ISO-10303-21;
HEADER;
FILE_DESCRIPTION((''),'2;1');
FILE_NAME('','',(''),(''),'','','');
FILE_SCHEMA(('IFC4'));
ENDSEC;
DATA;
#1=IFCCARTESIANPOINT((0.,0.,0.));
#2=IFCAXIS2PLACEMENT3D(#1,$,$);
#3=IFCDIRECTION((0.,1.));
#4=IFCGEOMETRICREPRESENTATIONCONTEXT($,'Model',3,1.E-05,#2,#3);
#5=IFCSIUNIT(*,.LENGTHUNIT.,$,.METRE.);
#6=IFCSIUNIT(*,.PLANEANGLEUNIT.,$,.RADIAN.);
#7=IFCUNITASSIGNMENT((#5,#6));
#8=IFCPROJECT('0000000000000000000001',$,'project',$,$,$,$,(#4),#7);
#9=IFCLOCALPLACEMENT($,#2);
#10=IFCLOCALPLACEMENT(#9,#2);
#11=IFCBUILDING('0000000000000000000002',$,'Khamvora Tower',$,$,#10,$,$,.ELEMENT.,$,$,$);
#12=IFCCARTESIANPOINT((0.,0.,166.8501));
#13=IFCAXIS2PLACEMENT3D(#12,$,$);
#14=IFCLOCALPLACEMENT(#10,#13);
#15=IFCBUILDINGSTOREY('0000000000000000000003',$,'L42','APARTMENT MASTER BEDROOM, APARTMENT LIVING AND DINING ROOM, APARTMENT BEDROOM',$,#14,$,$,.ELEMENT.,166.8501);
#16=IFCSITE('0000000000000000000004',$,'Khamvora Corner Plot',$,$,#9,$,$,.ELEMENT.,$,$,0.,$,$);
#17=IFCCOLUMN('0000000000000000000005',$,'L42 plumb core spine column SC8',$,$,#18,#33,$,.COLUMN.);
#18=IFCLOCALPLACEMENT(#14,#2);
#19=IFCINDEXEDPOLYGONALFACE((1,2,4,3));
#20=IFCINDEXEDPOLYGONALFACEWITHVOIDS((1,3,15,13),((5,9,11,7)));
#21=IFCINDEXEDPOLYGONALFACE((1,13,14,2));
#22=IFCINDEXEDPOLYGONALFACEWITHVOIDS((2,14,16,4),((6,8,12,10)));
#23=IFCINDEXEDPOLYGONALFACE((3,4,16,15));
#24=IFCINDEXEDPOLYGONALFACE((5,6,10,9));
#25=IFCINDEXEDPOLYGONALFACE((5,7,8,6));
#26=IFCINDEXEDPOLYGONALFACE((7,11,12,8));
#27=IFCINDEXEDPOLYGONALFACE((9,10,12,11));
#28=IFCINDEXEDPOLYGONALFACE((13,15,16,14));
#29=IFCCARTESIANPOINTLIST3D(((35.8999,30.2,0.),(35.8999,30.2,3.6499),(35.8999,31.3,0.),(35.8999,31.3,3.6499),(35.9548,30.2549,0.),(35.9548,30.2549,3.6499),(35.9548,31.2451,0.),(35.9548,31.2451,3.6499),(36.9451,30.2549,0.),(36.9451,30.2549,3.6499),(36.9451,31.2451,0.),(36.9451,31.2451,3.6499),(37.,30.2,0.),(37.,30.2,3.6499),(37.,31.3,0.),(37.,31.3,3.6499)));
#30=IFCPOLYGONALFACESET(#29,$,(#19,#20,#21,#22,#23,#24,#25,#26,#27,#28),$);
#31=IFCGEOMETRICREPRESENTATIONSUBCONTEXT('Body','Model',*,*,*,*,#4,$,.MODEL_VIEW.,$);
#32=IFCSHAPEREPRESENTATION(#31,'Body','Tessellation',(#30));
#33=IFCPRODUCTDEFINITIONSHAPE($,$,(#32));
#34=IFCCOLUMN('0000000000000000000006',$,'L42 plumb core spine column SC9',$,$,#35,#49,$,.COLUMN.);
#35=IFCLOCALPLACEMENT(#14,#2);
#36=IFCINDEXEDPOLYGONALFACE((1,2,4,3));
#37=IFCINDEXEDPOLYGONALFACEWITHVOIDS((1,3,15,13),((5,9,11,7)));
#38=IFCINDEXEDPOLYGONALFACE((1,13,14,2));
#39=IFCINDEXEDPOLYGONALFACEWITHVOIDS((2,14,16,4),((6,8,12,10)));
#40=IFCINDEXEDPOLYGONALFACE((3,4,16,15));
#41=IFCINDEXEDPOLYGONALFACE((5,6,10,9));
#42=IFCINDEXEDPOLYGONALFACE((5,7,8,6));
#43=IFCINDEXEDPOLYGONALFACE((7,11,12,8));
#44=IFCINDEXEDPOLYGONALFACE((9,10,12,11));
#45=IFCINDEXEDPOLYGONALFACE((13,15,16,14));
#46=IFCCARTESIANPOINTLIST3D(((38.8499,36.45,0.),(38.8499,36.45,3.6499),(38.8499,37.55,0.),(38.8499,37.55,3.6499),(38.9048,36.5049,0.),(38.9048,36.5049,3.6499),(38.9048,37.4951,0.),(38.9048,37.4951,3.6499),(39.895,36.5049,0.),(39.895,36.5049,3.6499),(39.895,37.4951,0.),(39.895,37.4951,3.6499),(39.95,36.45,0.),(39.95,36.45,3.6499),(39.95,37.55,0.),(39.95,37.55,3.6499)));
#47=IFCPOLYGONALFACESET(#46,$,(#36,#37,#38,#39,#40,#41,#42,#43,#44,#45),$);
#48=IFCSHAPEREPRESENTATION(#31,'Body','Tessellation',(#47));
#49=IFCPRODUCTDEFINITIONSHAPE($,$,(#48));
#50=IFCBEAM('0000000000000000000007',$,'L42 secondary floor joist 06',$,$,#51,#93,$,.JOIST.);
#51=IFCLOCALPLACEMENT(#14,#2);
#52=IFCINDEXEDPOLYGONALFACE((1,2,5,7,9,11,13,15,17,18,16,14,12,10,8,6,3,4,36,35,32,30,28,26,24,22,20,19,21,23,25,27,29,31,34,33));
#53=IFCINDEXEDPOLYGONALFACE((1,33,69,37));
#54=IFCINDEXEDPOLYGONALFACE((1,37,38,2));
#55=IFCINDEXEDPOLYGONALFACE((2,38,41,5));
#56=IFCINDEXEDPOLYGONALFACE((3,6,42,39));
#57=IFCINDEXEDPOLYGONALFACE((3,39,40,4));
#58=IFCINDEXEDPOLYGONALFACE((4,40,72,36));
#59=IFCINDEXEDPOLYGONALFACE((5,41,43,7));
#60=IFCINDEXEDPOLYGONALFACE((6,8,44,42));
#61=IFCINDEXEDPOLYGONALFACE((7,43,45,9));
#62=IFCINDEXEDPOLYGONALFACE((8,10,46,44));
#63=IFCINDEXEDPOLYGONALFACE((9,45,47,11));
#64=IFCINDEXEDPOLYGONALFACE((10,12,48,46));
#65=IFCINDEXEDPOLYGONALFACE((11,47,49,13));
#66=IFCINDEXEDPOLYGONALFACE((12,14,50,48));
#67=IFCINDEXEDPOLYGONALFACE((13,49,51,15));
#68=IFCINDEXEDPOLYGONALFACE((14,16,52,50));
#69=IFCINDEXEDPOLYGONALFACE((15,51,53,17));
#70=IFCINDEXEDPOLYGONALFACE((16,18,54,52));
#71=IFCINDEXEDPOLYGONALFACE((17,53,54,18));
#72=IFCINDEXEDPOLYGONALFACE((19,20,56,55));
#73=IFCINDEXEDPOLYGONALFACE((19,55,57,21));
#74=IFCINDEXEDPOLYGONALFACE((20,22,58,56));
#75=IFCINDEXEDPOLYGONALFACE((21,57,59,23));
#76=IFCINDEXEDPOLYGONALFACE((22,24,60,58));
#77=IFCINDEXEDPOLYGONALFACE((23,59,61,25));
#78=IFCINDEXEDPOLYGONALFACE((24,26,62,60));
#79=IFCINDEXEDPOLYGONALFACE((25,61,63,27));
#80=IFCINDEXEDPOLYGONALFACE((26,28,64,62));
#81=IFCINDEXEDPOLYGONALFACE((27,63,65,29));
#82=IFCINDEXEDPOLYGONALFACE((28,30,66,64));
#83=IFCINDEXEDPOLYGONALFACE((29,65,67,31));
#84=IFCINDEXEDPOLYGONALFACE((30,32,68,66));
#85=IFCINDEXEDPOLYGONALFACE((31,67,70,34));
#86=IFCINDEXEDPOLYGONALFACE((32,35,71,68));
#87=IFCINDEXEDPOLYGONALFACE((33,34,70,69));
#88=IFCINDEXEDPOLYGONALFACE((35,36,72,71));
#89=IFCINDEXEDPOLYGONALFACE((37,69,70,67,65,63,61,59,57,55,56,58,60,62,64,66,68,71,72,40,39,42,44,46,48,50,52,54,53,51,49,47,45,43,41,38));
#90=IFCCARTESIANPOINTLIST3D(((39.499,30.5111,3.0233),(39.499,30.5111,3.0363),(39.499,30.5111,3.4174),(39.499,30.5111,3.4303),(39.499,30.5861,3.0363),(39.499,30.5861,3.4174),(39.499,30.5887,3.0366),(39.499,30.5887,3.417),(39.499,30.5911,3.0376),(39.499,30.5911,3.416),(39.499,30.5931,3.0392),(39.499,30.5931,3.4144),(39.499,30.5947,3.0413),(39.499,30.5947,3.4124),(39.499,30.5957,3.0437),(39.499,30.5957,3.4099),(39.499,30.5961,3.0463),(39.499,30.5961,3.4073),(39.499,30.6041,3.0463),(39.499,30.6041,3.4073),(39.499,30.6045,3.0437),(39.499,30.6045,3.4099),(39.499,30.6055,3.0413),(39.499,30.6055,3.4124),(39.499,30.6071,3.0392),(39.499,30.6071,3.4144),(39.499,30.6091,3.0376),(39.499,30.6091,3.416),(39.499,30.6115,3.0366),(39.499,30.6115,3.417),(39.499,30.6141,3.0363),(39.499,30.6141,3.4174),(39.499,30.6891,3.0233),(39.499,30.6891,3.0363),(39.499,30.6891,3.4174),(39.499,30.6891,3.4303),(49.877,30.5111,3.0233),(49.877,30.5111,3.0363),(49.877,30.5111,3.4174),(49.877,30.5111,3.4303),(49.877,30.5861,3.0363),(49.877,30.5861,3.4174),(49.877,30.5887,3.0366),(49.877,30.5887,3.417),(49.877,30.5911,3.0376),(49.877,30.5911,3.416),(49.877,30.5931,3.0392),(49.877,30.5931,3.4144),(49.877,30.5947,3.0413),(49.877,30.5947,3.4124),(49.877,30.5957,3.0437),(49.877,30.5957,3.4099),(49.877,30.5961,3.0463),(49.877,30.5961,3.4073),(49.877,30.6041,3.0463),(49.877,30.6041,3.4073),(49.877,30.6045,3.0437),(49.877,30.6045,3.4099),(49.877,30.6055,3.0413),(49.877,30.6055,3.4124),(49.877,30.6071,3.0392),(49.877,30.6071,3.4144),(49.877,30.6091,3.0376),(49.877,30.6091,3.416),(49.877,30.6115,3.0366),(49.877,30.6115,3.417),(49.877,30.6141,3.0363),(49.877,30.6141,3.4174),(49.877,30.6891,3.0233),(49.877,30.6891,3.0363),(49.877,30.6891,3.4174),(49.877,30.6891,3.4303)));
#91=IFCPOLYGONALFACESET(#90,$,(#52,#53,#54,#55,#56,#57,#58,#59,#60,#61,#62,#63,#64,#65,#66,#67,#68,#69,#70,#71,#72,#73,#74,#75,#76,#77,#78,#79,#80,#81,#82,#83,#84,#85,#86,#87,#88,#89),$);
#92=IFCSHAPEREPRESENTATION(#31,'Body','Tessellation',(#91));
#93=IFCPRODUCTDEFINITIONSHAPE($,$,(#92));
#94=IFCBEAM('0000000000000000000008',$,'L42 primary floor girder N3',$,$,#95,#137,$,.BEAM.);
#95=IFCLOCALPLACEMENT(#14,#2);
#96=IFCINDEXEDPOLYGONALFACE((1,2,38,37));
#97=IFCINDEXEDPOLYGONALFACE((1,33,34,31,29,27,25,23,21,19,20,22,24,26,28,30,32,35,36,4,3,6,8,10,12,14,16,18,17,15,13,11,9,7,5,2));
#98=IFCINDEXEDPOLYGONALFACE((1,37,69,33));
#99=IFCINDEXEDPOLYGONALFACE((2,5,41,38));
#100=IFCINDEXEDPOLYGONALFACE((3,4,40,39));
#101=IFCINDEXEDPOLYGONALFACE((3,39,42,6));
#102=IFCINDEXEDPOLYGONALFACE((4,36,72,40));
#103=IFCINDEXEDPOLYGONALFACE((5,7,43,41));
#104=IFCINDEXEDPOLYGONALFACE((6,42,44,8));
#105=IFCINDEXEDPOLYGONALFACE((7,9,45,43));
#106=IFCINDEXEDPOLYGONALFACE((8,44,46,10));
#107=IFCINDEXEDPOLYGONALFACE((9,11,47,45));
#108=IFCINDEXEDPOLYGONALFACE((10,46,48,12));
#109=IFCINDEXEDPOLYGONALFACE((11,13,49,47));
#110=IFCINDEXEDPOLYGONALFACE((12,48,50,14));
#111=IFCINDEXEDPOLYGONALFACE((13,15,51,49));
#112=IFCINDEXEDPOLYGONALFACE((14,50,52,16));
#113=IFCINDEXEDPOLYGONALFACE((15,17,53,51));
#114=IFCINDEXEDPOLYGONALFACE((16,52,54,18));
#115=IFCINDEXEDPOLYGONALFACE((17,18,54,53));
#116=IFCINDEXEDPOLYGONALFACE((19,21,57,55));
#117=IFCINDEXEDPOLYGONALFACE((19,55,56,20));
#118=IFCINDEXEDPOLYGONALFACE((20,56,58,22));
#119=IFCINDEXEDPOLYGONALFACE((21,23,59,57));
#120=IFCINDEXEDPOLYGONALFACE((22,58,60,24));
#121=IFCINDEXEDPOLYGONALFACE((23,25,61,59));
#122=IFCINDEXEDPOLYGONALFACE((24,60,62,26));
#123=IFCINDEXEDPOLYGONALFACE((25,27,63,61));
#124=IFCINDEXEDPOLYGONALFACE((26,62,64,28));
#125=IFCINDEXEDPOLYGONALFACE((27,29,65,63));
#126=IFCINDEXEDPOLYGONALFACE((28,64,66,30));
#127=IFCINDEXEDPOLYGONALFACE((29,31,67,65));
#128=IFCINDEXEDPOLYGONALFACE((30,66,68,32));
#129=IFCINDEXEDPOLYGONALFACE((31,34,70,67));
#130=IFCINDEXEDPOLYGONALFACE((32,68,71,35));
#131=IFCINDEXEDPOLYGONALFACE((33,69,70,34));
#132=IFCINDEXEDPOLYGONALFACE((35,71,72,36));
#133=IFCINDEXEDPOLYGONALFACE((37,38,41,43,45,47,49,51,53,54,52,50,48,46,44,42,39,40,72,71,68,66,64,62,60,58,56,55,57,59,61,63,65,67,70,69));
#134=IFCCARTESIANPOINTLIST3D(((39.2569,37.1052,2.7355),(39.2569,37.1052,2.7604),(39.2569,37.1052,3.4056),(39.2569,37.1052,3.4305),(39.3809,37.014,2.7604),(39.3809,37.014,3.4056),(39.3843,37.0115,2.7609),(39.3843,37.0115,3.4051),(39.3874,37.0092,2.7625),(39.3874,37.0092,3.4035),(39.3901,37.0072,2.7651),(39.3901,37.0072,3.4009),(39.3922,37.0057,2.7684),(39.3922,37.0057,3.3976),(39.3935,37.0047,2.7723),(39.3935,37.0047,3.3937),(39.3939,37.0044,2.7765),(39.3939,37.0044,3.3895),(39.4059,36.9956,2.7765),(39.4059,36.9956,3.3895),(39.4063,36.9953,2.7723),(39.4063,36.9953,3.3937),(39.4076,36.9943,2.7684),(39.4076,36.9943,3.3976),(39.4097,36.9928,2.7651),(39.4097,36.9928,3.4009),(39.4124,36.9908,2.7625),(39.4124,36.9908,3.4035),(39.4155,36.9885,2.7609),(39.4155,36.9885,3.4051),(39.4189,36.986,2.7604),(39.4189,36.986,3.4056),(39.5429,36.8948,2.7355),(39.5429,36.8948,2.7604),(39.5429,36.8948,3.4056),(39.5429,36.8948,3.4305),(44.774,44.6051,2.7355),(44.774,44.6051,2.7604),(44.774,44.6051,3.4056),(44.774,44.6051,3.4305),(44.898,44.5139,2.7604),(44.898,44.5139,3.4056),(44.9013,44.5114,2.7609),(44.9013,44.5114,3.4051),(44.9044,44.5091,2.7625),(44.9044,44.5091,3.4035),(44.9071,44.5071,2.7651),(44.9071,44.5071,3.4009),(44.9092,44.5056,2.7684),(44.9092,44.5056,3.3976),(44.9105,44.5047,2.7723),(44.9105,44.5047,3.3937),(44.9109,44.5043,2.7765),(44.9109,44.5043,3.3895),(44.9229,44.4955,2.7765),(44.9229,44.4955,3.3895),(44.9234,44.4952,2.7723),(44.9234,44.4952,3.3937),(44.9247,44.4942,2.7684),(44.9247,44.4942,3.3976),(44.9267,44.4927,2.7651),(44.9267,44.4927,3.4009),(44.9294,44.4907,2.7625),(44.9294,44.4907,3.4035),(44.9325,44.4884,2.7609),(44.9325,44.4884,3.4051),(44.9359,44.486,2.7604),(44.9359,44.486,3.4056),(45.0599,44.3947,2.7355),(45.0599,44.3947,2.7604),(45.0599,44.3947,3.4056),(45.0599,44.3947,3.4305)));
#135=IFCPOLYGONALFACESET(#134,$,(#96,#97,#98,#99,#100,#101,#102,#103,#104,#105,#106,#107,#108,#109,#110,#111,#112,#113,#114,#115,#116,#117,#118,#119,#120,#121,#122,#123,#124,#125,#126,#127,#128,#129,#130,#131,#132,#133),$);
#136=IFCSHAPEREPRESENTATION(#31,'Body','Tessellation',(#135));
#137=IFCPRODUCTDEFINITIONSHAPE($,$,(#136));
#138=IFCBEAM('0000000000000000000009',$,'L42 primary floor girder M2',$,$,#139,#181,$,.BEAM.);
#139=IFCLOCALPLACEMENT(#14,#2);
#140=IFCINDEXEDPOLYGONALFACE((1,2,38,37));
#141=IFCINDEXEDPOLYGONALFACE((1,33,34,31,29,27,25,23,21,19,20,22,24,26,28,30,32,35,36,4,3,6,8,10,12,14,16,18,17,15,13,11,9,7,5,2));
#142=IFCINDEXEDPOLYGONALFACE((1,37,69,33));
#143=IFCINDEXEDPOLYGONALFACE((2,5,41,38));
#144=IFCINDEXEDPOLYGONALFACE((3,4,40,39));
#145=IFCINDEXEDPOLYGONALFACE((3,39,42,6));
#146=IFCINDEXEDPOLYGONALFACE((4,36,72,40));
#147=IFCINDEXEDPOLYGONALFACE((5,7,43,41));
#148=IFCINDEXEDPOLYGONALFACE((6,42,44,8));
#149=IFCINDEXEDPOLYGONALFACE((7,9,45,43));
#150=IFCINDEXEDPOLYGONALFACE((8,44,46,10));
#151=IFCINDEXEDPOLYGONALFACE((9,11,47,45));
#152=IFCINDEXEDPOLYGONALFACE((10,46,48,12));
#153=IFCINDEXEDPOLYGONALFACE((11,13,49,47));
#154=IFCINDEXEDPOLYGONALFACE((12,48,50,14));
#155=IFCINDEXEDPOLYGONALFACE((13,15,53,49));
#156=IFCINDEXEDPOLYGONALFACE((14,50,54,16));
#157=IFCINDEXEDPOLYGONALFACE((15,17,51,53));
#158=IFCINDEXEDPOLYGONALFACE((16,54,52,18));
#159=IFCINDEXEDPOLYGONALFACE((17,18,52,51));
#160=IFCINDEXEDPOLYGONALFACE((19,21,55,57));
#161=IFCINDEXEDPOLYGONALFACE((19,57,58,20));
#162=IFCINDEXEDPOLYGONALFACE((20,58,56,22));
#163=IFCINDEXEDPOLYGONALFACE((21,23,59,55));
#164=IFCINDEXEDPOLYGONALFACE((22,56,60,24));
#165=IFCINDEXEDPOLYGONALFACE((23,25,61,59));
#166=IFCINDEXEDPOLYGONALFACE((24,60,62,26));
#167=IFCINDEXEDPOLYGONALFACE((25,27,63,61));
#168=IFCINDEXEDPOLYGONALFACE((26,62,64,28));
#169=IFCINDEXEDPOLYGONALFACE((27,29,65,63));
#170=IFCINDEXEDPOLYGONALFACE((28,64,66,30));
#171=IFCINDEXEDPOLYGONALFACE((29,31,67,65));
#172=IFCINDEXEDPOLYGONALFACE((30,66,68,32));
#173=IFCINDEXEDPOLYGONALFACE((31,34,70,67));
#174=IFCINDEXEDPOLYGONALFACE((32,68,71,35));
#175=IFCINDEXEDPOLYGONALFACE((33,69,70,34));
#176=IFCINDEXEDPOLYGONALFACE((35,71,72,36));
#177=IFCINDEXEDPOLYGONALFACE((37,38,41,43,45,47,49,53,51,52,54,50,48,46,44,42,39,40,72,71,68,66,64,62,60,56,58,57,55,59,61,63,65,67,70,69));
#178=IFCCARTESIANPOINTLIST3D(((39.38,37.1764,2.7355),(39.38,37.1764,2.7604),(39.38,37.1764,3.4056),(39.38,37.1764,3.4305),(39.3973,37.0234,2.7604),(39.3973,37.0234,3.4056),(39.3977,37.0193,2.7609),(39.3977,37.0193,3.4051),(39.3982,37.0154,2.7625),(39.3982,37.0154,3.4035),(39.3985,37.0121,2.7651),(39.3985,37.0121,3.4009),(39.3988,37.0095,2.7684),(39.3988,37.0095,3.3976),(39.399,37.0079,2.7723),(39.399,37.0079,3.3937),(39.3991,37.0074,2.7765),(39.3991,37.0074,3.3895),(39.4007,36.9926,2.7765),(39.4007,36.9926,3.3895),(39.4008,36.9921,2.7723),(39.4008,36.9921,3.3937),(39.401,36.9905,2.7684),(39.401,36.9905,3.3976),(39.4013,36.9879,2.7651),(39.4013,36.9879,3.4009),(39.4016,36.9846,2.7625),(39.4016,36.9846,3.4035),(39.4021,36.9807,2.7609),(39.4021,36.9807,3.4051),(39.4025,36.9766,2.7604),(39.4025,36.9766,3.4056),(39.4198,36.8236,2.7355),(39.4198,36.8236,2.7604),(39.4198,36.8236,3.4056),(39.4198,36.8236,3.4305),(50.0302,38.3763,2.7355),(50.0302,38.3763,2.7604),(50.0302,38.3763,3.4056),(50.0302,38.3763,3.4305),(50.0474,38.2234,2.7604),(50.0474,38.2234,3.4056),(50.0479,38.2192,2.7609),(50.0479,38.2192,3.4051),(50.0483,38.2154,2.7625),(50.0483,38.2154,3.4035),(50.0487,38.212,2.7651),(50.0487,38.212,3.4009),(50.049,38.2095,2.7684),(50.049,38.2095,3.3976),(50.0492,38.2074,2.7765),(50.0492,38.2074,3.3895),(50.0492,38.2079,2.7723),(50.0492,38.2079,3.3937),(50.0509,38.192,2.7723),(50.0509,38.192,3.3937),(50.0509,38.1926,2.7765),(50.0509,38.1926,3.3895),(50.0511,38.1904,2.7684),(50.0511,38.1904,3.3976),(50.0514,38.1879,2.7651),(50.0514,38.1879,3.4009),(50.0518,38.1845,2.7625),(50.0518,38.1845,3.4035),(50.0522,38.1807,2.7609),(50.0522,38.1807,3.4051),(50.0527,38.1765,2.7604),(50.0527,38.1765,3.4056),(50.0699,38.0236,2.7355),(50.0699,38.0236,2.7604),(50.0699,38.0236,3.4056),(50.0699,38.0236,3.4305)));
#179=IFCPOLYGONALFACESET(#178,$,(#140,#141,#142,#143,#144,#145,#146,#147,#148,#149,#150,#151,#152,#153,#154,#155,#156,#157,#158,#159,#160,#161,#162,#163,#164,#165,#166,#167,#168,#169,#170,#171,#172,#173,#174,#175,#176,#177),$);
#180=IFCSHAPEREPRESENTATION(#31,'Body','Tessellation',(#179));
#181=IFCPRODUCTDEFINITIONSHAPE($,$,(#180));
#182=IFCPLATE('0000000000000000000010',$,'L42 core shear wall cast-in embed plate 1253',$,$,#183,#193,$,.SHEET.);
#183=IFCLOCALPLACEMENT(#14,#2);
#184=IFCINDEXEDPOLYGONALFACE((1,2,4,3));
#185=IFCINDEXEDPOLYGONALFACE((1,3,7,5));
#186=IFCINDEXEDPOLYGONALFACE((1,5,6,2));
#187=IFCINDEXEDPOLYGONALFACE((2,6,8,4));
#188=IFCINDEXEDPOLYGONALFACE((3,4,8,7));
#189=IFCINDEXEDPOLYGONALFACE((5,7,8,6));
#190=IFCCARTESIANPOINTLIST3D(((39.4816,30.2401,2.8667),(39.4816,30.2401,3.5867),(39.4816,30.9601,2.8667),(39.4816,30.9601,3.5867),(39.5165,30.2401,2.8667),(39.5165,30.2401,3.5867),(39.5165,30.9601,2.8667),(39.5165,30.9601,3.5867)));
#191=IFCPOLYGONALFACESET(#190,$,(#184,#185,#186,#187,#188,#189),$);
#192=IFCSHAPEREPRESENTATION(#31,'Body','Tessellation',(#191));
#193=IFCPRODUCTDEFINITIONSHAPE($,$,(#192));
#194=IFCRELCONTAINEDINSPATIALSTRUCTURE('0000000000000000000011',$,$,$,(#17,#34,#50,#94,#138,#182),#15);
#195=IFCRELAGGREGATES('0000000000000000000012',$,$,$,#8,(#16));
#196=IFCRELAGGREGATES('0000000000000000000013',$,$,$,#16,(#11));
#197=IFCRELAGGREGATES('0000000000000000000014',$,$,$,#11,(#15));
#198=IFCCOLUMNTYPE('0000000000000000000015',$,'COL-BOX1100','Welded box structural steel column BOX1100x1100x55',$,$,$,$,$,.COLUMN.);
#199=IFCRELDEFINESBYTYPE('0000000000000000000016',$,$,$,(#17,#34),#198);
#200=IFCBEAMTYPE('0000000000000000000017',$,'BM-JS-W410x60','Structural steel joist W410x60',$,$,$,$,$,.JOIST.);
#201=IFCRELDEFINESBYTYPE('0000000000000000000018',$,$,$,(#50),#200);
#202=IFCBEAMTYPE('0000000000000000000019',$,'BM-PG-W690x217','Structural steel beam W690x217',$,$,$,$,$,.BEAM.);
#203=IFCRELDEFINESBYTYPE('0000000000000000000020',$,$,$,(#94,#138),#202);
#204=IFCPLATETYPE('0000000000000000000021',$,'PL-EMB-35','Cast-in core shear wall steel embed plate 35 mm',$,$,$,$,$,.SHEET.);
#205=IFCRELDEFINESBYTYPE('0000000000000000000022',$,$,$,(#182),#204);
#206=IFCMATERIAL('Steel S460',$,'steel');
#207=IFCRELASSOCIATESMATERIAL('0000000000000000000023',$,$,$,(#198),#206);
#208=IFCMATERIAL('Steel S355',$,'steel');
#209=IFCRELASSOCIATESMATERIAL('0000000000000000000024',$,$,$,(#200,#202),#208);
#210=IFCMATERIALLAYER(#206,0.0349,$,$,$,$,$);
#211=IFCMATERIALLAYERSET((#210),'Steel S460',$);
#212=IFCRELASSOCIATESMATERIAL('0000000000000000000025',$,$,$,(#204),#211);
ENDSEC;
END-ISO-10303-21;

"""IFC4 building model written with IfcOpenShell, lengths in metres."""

from ifc_helpers import new_model, si_unit, direction, frame, origin, origin_2d, place, context, subcontext, project, spatial, rectangle, hollow_rectangle, i_section, extrude, material, layer, layer_set, material_profile, profile_set, type_object, element, save


model = new_model("IFC4")

# Units and contexts
model_context = context("Model", 3, precision=1e-05, world=origin(), true_north=direction((0.0, 1.0)))
body_context = subcontext(model_context, "Body", "Model", "MODEL_VIEW")
ifc_project = project(units=[si_unit("LENGTHUNIT", "METRE"), si_unit("PLANEANGLEUNIT", "RADIAN")], contexts=[model_context])

# Site, building, storey
site_placement = place(None, origin())
site = spatial("IfcSite", under=ifc_project, at=site_placement, Name="Khamvora Corner Plot", CompositionType="ELEMENT", RefElevation=0.0)
building_placement = place(site_placement, origin())
building = spatial("IfcBuilding", under=site, at=building_placement, Name="Khamvora Tower", CompositionType="ELEMENT")
storey_placement = place(building_placement, frame((0.0, 0.0, 166.8501)))
storey = spatial("IfcBuildingStorey", under=building, at=storey_placement, Name="L42", Description="APARTMENT MASTER BEDROOM, APARTMENT LIVING AND DINING ROOM, APARTMENT BEDROOM", CompositionType="ELEMENT", Elevation=166.8501)

# Columns
ifc_material_1 = material(Name="Steel S460", Category="steel")
ifc_material_profile_1 = material_profile(ifc_material_1, hollow_rectangle(XDim=1.1001, YDim=1.1001, WallThickness=0.0549, at=origin_2d()), Name="BOX1100x1100x55")
ifc_profile_set_1 = profile_set([ifc_material_profile_1], Name="Steel S460")
column_type = type_object("IfcColumnType", Name="COL-BOX1100", Description="Welded box structural steel column BOX1100x1100x55", PredefinedType="COLUMN", material=ifc_profile_set_1)
for number, where, z_axis, x_axis, name in (
    (1, (36.45, 30.75, 0.0), (0.0, 0.0, 1.0), (1.0, 0.0, 0.0), "L42 plumb core spine column SC8"),
    (2, (39.3999, 37.0, 0.0), (0.0, 0.0, 1.0), (1.0, 0.0, 0.0), "L42 plumb core spine column SC9"),
):
    element("IfcColumn", number, at=place(storey_placement, frame(where, z_axis=z_axis, x_axis=x_axis)), inside=storey, type_object=column_type, Name=name, PredefinedType="COLUMN", context=body_context, shape_type="SweptSolid", body=[
        extrude(hollow_rectangle(XDim=1.1001, YDim=1.1001, WallThickness=0.0549, at=origin_2d()), origin(), (0.0, 0.0, 1.0), 3.6499),
    ])

# Beams
ifc_material_2 = material(Name="Steel S355", Category="steel")
ifc_material_profile_2 = material_profile(ifc_material_2, i_section(OverallWidth=0.178, OverallDepth=0.407, WebThickness=0.0081, FlangeThickness=0.0129, FilletRadius=0.01, at=origin_2d()), Name="W410x60")
ifc_profile_set_2 = profile_set([ifc_material_profile_2], Name="Steel S355")
beam_type_1 = type_object("IfcBeamType", Name="BM-JS-W410x60", Description="Structural steel joist W410x60", PredefinedType="JOIST", material=ifc_profile_set_2)
beam_1_placement = place(storey_placement, frame((39.499, 30.6001, 3.2268), z_axis=(1.0, 0.0, 0.0), x_axis=(0.0, 1.0, 0.0)))
element("IfcBeam", 3, at=beam_1_placement, inside=storey, type_object=beam_type_1, Name="L42 secondary floor joist 06", PredefinedType="JOIST", context=body_context, shape_type="SweptSolid", body=[
    extrude(i_section(OverallWidth=0.178, OverallDepth=0.407, WebThickness=0.0081, FlangeThickness=0.0129, FilletRadius=0.01, at=origin_2d()), origin(), (0.0, 0.0, 1.0), 10.3779),
])
ifc_material_profile_3 = material_profile(ifc_material_2, i_section(OverallWidth=0.355, OverallDepth=0.6951, WebThickness=0.0149, FlangeThickness=0.0249, FilletRadius=0.0161, at=origin_2d()), Name="W690x217")
ifc_profile_set_3 = profile_set([ifc_material_profile_3], Name="Steel S355")
beam_type_2 = type_object("IfcBeamType", Name="BM-PG-W690x217", Description="Structural steel beam W690x217", PredefinedType="BEAM", material=ifc_profile_set_3)
beam_2_placement = place(storey_placement, frame((39.3999, 37.0, 3.083), z_axis=(0.592557, 0.805529, 0.0), x_axis=(-0.805529, 0.592557, 0.0)))
element("IfcBeam", 4, at=beam_2_placement, inside=storey, type_object=beam_type_2, Name="L42 primary floor girder N3", PredefinedType="BEAM", context=body_context, shape_type="SweptSolid", body=[
    extrude(i_section(OverallWidth=0.355, OverallDepth=0.6951, WebThickness=0.0149, FlangeThickness=0.0249, FilletRadius=0.0161, at=origin_2d()), origin(), (0.0, 0.0, 1.0), 9.3105),
])
beam_3_placement = place(storey_placement, frame((39.3999, 37.0, 3.083), z_axis=(0.993713, 0.111962, 0.0), x_axis=(-0.111962, 0.993713, 0.0)))
element("IfcBeam", 5, at=beam_3_placement, inside=storey, type_object=beam_type_2, Name="L42 primary floor girder M2", PredefinedType="BEAM", context=body_context, shape_type="SweptSolid", body=[
    extrude(i_section(OverallWidth=0.355, OverallDepth=0.6951, WebThickness=0.0149, FlangeThickness=0.0249, FilletRadius=0.0161, at=origin_2d()), origin(), (0.0, 0.0, 1.0), 10.7175),
])

# Plate
ifc_layer_1 = layer(ifc_material_1, 0.0349)
ifc_layer_set_1 = layer_set([ifc_layer_1], Name="Steel S460")
plate_type = type_object("IfcPlateType", Name="PL-EMB-35", Description="Cast-in core shear wall steel embed plate 35 mm", PredefinedType="SHEET", material=ifc_layer_set_1)
plate_placement = place(storey_placement, frame((39.499, 30.6001, 2.8667), z_axis=(0.0, 0.0, 1.0), x_axis=(1.0, 0.0, 0.0)))
element("IfcPlate", 6, at=plate_placement, inside=storey, type_object=plate_type, Name="L42 core shear wall cast-in embed plate 1253", PredefinedType="SHEET", context=body_context, shape_type="SweptSolid", body=[
    extrude(rectangle(XDim=0.0349, YDim=0.72, at=origin_2d()), origin(), (0.0, 0.0, 1.0), 0.72),
])

save(model, "model.ifc")
